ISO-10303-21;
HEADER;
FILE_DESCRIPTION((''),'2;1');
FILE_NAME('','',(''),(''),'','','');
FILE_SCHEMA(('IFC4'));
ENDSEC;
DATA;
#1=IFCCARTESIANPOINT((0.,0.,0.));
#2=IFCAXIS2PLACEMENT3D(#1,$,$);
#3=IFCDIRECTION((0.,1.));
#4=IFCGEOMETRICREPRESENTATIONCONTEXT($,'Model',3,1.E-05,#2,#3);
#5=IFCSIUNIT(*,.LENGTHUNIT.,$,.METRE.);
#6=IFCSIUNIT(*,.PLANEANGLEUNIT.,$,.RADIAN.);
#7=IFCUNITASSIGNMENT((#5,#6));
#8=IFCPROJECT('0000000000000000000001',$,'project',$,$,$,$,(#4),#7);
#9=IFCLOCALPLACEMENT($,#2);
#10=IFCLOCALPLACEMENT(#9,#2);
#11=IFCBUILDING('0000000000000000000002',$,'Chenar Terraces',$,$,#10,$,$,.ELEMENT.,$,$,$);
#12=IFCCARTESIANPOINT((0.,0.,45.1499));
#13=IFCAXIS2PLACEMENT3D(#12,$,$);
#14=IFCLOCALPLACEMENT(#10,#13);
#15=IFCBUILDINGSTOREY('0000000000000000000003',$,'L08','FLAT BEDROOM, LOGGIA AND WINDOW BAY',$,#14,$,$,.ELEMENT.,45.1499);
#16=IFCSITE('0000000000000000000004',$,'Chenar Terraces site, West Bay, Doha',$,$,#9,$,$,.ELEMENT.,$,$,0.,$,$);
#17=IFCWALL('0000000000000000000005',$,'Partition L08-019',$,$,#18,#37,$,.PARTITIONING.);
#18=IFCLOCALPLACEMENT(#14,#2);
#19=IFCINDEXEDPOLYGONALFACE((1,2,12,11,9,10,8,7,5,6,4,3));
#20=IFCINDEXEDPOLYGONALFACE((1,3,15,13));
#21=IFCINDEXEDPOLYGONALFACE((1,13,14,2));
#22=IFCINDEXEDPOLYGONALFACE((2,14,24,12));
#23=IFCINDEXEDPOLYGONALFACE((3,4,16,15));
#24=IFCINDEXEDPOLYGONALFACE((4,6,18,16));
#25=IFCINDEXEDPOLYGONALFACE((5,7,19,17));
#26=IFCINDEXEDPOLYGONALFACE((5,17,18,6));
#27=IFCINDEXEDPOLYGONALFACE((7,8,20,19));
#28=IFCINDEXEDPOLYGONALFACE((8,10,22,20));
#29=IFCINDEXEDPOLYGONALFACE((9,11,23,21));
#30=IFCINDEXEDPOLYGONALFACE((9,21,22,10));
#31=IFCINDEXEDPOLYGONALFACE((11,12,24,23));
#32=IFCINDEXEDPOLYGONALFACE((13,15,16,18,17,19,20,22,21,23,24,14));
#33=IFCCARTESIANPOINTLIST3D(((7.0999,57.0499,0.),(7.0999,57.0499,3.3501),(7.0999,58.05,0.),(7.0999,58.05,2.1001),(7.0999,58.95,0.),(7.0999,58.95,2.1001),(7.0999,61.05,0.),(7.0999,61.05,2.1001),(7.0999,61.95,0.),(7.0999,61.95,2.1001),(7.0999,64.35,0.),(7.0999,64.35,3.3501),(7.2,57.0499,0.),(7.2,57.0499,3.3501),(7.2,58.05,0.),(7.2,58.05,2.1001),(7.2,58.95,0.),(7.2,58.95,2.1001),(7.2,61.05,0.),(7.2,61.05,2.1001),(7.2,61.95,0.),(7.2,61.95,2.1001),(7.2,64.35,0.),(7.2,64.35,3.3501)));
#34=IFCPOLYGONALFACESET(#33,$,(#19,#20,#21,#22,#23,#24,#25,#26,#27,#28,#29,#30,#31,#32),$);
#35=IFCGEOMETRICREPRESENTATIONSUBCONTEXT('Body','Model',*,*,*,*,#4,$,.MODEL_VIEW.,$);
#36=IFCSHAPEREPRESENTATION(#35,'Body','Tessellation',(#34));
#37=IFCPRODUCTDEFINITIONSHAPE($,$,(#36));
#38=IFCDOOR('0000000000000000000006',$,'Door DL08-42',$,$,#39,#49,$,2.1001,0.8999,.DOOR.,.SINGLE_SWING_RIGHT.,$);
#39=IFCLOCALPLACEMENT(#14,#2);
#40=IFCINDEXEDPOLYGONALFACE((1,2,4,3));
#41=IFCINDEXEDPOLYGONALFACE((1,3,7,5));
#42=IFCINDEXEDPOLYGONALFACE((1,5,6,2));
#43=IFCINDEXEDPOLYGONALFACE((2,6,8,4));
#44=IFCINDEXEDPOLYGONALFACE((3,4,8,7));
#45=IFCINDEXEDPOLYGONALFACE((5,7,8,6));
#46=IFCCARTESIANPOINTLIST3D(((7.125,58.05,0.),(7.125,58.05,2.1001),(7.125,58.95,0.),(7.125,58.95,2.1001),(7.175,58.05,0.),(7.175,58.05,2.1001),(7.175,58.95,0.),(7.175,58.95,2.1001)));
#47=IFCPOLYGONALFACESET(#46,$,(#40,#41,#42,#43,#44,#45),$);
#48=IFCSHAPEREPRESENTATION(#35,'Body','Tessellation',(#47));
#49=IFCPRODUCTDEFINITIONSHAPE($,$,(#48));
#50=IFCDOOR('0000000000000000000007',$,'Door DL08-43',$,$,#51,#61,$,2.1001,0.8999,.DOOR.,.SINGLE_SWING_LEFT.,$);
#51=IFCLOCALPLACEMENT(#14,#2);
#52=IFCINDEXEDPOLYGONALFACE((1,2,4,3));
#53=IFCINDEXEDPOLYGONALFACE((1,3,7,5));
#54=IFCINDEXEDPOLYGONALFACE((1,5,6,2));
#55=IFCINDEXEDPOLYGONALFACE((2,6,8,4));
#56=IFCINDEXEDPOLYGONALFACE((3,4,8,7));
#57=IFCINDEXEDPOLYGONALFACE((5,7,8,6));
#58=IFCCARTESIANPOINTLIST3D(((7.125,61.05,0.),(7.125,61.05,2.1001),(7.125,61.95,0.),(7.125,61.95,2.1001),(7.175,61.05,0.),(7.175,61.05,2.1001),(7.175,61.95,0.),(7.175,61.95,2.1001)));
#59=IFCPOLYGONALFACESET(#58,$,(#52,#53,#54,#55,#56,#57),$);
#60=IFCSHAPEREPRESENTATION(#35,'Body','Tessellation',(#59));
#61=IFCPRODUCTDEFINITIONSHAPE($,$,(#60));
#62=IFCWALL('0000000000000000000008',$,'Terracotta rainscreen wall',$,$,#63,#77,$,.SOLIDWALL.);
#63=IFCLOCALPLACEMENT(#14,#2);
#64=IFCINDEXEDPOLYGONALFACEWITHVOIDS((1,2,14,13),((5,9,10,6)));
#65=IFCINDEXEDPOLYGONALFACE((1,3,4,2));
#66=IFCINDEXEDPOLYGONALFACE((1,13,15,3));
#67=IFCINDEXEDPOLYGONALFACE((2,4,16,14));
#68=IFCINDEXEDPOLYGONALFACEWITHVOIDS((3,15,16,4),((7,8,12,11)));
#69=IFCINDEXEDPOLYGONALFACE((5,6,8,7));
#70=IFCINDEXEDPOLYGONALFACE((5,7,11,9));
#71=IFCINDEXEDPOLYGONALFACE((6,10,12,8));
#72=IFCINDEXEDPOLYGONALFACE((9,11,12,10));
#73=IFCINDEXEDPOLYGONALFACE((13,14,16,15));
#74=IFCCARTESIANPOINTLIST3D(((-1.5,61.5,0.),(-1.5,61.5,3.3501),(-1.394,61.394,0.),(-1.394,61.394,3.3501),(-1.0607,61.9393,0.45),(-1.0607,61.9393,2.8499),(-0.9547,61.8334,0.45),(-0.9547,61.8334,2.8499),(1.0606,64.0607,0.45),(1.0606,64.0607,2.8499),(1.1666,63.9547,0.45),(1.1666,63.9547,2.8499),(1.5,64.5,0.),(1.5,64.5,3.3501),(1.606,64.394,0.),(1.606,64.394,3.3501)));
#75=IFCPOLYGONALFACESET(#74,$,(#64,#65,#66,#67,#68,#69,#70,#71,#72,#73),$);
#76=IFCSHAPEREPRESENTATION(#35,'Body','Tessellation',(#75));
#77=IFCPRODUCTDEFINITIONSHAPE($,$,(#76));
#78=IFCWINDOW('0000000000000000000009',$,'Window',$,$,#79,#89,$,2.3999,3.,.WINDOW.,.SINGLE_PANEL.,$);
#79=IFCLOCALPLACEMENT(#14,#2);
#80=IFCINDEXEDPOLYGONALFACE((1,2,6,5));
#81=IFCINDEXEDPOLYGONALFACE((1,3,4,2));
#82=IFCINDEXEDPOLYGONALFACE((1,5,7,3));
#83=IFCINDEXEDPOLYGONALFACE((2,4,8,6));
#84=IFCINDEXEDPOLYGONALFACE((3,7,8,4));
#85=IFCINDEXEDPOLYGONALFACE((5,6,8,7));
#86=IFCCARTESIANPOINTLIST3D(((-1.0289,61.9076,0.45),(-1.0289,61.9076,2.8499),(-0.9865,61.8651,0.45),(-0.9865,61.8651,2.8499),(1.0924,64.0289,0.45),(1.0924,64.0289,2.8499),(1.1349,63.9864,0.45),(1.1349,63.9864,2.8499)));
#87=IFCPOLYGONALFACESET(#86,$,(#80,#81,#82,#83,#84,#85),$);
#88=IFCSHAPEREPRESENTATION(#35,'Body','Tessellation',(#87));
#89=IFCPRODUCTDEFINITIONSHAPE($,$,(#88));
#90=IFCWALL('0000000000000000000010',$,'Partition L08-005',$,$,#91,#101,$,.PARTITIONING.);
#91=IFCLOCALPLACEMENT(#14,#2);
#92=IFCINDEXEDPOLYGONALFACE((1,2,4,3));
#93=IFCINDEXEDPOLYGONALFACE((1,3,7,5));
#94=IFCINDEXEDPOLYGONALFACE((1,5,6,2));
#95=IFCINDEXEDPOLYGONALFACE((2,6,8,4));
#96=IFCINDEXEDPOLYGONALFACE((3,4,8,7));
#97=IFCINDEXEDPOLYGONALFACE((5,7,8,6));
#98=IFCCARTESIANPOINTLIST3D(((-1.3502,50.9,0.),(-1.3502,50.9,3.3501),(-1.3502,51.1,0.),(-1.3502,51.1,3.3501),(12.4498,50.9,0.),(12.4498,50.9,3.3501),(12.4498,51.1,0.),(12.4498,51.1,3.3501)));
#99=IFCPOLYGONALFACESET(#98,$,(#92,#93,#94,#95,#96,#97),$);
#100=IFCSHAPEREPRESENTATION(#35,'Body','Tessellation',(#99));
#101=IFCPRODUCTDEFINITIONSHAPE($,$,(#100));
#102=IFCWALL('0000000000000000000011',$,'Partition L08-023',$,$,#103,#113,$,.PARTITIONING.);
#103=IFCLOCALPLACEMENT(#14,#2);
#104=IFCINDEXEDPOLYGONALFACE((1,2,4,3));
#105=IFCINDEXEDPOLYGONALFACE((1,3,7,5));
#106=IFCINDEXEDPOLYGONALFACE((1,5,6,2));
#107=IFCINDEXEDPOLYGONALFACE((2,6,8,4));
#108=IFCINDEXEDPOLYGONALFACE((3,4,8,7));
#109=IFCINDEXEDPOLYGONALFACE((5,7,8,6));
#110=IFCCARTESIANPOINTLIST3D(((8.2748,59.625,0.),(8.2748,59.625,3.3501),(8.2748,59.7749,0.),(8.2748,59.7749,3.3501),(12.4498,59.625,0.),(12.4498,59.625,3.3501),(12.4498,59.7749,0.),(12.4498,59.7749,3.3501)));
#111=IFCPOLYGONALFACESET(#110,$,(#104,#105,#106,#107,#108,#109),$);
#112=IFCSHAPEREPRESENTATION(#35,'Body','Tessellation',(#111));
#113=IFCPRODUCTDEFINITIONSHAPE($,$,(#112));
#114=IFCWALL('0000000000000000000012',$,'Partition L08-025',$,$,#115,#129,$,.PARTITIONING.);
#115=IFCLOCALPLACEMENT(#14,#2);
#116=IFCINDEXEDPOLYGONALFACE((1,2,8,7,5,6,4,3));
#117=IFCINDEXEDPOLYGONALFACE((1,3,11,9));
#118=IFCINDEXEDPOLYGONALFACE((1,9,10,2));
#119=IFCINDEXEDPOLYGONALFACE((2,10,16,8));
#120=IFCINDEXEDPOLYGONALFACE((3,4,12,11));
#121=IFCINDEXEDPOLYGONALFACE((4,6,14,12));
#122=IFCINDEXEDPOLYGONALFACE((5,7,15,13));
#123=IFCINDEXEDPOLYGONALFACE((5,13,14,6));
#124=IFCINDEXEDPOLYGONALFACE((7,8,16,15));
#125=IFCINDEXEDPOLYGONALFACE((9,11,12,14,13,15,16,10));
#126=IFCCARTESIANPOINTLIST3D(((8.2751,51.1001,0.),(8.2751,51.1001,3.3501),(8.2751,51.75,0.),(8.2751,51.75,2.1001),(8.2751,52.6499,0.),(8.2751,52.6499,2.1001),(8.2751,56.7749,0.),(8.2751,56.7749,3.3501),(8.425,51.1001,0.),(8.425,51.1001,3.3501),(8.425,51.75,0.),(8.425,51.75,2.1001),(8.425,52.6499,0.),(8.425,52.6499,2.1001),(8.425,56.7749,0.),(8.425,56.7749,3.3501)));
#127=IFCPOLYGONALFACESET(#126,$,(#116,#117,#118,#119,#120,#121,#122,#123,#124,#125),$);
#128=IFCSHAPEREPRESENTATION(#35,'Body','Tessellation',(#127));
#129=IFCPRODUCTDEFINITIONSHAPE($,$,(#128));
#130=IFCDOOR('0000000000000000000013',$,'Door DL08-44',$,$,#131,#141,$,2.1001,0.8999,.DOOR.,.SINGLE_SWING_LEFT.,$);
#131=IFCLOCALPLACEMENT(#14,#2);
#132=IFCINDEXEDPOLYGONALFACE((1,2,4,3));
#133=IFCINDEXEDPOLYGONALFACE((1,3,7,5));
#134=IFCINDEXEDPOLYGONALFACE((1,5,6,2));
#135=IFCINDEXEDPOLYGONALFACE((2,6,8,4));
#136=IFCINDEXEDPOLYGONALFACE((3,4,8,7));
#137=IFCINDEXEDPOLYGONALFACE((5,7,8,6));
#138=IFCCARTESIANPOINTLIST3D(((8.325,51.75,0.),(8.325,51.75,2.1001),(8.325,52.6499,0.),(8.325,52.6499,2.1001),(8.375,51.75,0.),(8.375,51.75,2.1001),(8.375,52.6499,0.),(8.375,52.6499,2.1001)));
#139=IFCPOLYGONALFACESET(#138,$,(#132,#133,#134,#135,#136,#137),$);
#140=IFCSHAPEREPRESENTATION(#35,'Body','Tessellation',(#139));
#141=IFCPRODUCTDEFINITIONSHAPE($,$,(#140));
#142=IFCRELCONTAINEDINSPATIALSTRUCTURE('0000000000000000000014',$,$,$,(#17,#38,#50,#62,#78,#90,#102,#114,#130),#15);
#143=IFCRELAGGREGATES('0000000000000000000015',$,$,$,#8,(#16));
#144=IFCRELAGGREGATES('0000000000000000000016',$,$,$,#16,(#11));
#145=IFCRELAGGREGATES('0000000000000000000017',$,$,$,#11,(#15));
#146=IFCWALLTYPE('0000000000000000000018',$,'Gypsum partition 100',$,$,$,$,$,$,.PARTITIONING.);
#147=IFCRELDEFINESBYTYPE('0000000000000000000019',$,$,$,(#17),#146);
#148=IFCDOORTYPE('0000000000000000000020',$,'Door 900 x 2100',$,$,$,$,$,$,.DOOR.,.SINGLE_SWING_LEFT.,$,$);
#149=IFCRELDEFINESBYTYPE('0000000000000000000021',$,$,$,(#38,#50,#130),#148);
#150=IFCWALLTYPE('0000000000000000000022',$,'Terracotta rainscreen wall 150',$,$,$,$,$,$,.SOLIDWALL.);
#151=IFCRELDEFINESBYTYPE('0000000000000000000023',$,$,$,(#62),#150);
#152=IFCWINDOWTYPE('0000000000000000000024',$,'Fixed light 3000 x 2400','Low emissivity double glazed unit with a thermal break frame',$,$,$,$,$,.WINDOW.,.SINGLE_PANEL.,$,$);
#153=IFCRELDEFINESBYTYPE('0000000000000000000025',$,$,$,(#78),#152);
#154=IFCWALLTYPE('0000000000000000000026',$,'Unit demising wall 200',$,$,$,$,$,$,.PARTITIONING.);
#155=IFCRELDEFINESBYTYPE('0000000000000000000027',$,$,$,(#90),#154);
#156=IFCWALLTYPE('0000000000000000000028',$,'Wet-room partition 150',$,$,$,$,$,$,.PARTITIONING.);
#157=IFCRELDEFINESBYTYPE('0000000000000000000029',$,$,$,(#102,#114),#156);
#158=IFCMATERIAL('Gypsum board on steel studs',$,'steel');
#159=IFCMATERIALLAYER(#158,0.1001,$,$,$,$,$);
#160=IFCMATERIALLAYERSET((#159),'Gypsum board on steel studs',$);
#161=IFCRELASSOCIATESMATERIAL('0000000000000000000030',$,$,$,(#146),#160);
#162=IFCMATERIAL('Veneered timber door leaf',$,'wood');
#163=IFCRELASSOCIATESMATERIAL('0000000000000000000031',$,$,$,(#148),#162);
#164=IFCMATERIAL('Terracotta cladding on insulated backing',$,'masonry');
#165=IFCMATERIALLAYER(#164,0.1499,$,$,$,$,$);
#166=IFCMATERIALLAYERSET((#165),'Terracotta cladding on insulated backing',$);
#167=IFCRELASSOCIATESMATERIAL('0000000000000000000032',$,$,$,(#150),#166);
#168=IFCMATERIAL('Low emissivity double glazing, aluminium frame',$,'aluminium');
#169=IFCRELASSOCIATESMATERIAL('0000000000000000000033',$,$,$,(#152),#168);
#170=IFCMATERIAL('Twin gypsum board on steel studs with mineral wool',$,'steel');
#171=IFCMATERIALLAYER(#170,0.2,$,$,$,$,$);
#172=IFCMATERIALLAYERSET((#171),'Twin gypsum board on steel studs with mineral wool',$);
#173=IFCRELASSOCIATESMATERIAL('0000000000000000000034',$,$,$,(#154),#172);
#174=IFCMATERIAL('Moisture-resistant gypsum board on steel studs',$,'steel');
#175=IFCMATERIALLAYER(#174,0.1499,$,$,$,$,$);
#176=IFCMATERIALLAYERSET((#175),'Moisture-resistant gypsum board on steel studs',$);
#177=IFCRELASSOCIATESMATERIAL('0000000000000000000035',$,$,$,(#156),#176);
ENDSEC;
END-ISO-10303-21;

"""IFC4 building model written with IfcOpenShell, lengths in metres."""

from ifc_helpers import new_model, si_unit, direction, frame, frame_2d, origin, place, context, subcontext, project, spatial, rectangle, extrude, material, layer, layer_set, type_object, element, fill, save


model = new_model("IFC4")

# Units and contexts
model_context = context("Model", 3, precision=1e-05, world=origin(), true_north=direction((0.0, 1.0)))
body_context = subcontext(model_context, "Body", "Model", "MODEL_VIEW")
ifc_project = project(units=[si_unit("LENGTHUNIT", "METRE"), si_unit("PLANEANGLEUNIT", "RADIAN")], contexts=[model_context])

# Site, building, storey
site_placement = place(None, origin())
site = spatial("IfcSite", under=ifc_project, at=site_placement, Name="Chenar Terraces site, West Bay, Doha", CompositionType="ELEMENT", RefElevation=0.0)
building_placement = place(site_placement, origin())
building = spatial("IfcBuilding", under=site, at=building_placement, Name="Chenar Terraces", CompositionType="ELEMENT")
storey_placement = place(building_placement, frame((0.0, 0.0, 45.1499)))
storey = spatial("IfcBuildingStorey", under=building, at=storey_placement, Name="L08", Description="FLAT BEDROOM, LOGGIA AND WINDOW BAY", CompositionType="ELEMENT", Elevation=45.1499)

# Shared definitions
ifc_material_1 = material(Name="Gypsum board on steel studs", Category="steel")
ifc_layer_1 = layer(ifc_material_1, 0.1001)
ifc_layer_set_1 = layer_set([ifc_layer_1], Name="Gypsum board on steel studs")
wall_type_1 = type_object("IfcWallType", Name="Gypsum partition 100", PredefinedType="PARTITIONING", material=ifc_layer_set_1)

# Wall, openings, doors
wall_1_placement = place(storey_placement, frame((7.1499, 57.05, 0.0), z_axis=(0.0, 0.0, 1.0), x_axis=(0.0, 1.0, 0.0)))
wall_1 = element("IfcWall", 1, at=wall_1_placement, inside=storey, type_object=wall_type_1, Name="Partition L08-019", PredefinedType="PARTITIONING", context=body_context, shape_type="SweptSolid", body=[
    extrude(rectangle(XDim=7.3, YDim=0.1001, at=frame_2d((3.6499, 0.0))), origin(), (0.0, 0.0, 1.0), 3.3501),
])
opening_1_placement = place(wall_1_placement, frame((1.0, 0.0, 0.0)))
opening_1 = element("IfcOpeningElement", 2, at=opening_1_placement, cuts=wall_1, PredefinedType="OPENING", context=body_context, shape_type="SweptSolid", body=[
    extrude(rectangle(XDim=0.8999, YDim=2.1001, at=frame_2d((0.45, 1.05))), frame((0.0, 0.0601, 0.0), z_axis=(0.0, -1.0, 0.0), x_axis=(1.0, 0.0, 0.0)), (0.0, 0.0, 1.0), 0.1201),
])
opening_2_placement = place(wall_1_placement, frame((4.0, 0.0, 0.0)))
opening_2 = element("IfcOpeningElement", 3, at=opening_2_placement, cuts=wall_1, PredefinedType="OPENING", context=body_context, shape_type="SweptSolid", body=[
    extrude(rectangle(XDim=0.8999, YDim=2.1001, at=frame_2d((0.45, 1.05))), frame((0.0, 0.0601, 0.0), z_axis=(0.0, -1.0, 0.0), x_axis=(1.0, 0.0, 0.0)), (0.0, 0.0, 1.0), 0.1201),
])
ifc_material_2 = material(Name="Veneered timber door leaf", Category="wood")
door_type = type_object("IfcDoorType", Name="Door 900 x 2100", OperationType="SINGLE_SWING_LEFT", PredefinedType="DOOR", material=ifc_material_2)
door_1_placement = place(opening_1_placement, origin())
door_1 = element("IfcDoor", 4, at=door_1_placement, inside=storey, type_object=door_type, Name="Door DL08-42", OperationType="SINGLE_SWING_RIGHT", OverallHeight=2.1001, OverallWidth=0.8999, PredefinedType="DOOR", context=body_context, shape_type="SweptSolid", body=[
    extrude(rectangle(XDim=0.8999, YDim=2.1001, at=frame_2d((0.45, 1.05))), frame((0.0, 0.0249, 0.0), z_axis=(0.0, -1.0, 0.0), x_axis=(1.0, 0.0, 0.0)), (0.0, 0.0, 1.0), 0.05),
])
fill(opening_1, door_1)
door_2_placement = place(opening_2_placement, origin())
door_2 = element("IfcDoor", 5, at=door_2_placement, inside=storey, type_object=door_type, Name="Door DL08-43", OperationType="SINGLE_SWING_LEFT", OverallHeight=2.1001, OverallWidth=0.8999, PredefinedType="DOOR", context=body_context, shape_type="SweptSolid", body=[
    extrude(rectangle(XDim=0.8999, YDim=2.1001, at=frame_2d((0.45, 1.05))), frame((0.0, 0.0249, 0.0), z_axis=(0.0, -1.0, 0.0), x_axis=(1.0, 0.0, 0.0)), (0.0, 0.0, 1.0), 0.05),
])
fill(opening_2, door_2)

# Wall, opening, window
ifc_material_3 = material(Name="Terracotta cladding on insulated backing", Category="masonry")
ifc_layer_2 = layer(ifc_material_3, 0.1499)
ifc_layer_set_2 = layer_set([ifc_layer_2], Name="Terracotta cladding on insulated backing")
wall_type_2 = type_object("IfcWallType", Name="Terracotta rainscreen wall 150", PredefinedType="SOLIDWALL", material=ifc_layer_set_2)
wall_2_placement = place(storey_placement, frame((1.553, 64.447, 0.0), z_axis=(0.0, 0.0, 1.0), x_axis=(-0.707107, -0.707107, 0.0)))
wall_2 = element("IfcWall", 6, at=wall_2_placement, inside=storey, type_object=wall_type_2, Name="Terracotta rainscreen wall", PredefinedType="SOLIDWALL", context=body_context, shape_type="SweptSolid", body=[
    extrude(rectangle(XDim=4.2427, YDim=0.1499, at=frame_2d((2.1213, 0.0))), origin(), (0.0, 0.0, 1.0), 3.3501),
])
opening_3_placement = place(wall_2_placement, frame((0.6213, 0.0, 0.45)))
opening_3 = element("IfcOpeningElement", 7, at=opening_3_placement, cuts=wall_2, PredefinedType="OPENING", context=body_context, shape_type="SweptSolid", body=[
    extrude(rectangle(XDim=3.0, YDim=2.3999, at=frame_2d((1.5, 1.2))), frame((0.0, 0.085, 0.0), z_axis=(0.0, -1.0, 0.0), x_axis=(1.0, 0.0, 0.0)), (0.0, 0.0, 1.0), 0.1699),
])
ifc_material_4 = material(Name="Low emissivity double glazing, aluminium frame", Category="aluminium")
window_type_1 = type_object("IfcWindowType", Name="Fixed light 3000 x 2400", Description="Low emissivity double glazed unit with a thermal break frame", PartitioningType="SINGLE_PANEL", PredefinedType="WINDOW", material=ifc_material_4)
window_1_placement = place(opening_3_placement, origin())
window_1 = element("IfcWindow", 8, at=window_1_placement, inside=storey, type_object=window_type_1, Name="Window", OverallHeight=2.3999, OverallWidth=3.0, PartitioningType="SINGLE_PANEL", PredefinedType="WINDOW", context=body_context, shape_type="SweptSolid", body=[
    extrude(rectangle(XDim=3.0, YDim=2.3999, at=frame_2d((1.5, 1.2))), frame((0.0, 0.03, 0.0), z_axis=(0.0, -1.0, 0.0), x_axis=(1.0, 0.0, 0.0)), (0.0, 0.0, 1.0), 0.0601),
])
fill(opening_3, window_1)

# Walls
ifc_material_5 = material(Name="Twin gypsum board on steel studs with mineral wool", Category="steel")
ifc_layer_3 = layer(ifc_material_5, 0.2)
ifc_layer_set_3 = layer_set([ifc_layer_3], Name="Twin gypsum board on steel studs with mineral wool")
wall_type_3 = type_object("IfcWallType", Name="Unit demising wall 200", PredefinedType="PARTITIONING", material=ifc_layer_set_3)
wall_3_placement = place(storey_placement, frame((-1.3501, 51.0, 0.0), z_axis=(0.0, 0.0, 1.0), x_axis=(1.0, 0.0, 0.0)))
element("IfcWall", 9, at=wall_3_placement, inside=storey, type_object=wall_type_3, Name="Partition L08-005", PredefinedType="PARTITIONING", context=body_context, shape_type="SweptSolid", body=[
    extrude(rectangle(XDim=13.8, YDim=0.2, at=frame_2d((6.8999, 0.0))), origin(), (0.0, 0.0, 1.0), 3.3501),
])
ifc_material_6 = material(Name="Moisture-resistant gypsum board on steel studs", Category="steel")
ifc_layer_4 = layer(ifc_material_6, 0.1499)
ifc_layer_set_4 = layer_set([ifc_layer_4], Name="Moisture-resistant gypsum board on steel studs")
wall_type_4 = type_object("IfcWallType", Name="Wet-room partition 150", PredefinedType="PARTITIONING", material=ifc_layer_set_4)
wall_4_placement = place(storey_placement, frame((8.2749, 59.7, 0.0), z_axis=(0.0, 0.0, 1.0), x_axis=(1.0, 0.0, 0.0)))
element("IfcWall", 10, at=wall_4_placement, inside=storey, type_object=wall_type_4, Name="Partition L08-023", PredefinedType="PARTITIONING", context=body_context, shape_type="SweptSolid", body=[
    extrude(rectangle(XDim=4.175, YDim=0.1499, at=frame_2d((2.0874, 0.0))), origin(), (0.0, 0.0, 1.0), 3.3501),
])

# Wall, opening, door
wall_5_placement = place(storey_placement, frame((8.3501, 51.1001, 0.0), z_axis=(0.0, 0.0, 1.0), x_axis=(0.0, 1.0, 0.0)))
wall_5 = element("IfcWall", 11, at=wall_5_placement, inside=storey, type_object=wall_type_4, Name="Partition L08-025", PredefinedType="PARTITIONING", context=body_context, shape_type="SweptSolid", body=[
    extrude(rectangle(XDim=5.6748, YDim=0.1499, at=frame_2d((2.8374, 0.0))), origin(), (0.0, 0.0, 1.0), 3.3501),
])
opening_4_placement = place(wall_5_placement, frame((0.6499, 0.0, 0.0)))
opening_4 = element("IfcOpeningElement", 12, at=opening_4_placement, cuts=wall_5, PredefinedType="OPENING", context=body_context, shape_type="SweptSolid", body=[
    extrude(rectangle(XDim=0.8999, YDim=2.1001, at=frame_2d((0.45, 1.05))), frame((0.0, 0.085, 0.0), z_axis=(0.0, -1.0, 0.0), x_axis=(1.0, 0.0, 0.0)), (0.0, 0.0, 1.0), 0.1699),
])
door_3_placement = place(opening_4_placement, frame((0.8999, 0.0, 0.0), z_axis=(0.0, 0.0, 1.0), x_axis=(-1.0, 0.0, 0.0)))
door_3 = element("IfcDoor", 13, at=door_3_placement, inside=storey, type_object=door_type, Name="Door DL08-44", OperationType="SINGLE_SWING_LEFT", OverallHeight=2.1001, OverallWidth=0.8999, PredefinedType="DOOR", context=body_context, shape_type="SweptSolid", body=[
    extrude(rectangle(XDim=0.8999, YDim=2.1001, at=frame_2d((0.45, 1.05))), frame((0.0, 0.0249, 0.0), z_axis=(0.0, -1.0, 0.0), x_axis=(1.0, 0.0, 0.0)), (0.0, 0.0, 1.0), 0.05),
])
fill(opening_4, door_3)

save(model, "model.ifc")
